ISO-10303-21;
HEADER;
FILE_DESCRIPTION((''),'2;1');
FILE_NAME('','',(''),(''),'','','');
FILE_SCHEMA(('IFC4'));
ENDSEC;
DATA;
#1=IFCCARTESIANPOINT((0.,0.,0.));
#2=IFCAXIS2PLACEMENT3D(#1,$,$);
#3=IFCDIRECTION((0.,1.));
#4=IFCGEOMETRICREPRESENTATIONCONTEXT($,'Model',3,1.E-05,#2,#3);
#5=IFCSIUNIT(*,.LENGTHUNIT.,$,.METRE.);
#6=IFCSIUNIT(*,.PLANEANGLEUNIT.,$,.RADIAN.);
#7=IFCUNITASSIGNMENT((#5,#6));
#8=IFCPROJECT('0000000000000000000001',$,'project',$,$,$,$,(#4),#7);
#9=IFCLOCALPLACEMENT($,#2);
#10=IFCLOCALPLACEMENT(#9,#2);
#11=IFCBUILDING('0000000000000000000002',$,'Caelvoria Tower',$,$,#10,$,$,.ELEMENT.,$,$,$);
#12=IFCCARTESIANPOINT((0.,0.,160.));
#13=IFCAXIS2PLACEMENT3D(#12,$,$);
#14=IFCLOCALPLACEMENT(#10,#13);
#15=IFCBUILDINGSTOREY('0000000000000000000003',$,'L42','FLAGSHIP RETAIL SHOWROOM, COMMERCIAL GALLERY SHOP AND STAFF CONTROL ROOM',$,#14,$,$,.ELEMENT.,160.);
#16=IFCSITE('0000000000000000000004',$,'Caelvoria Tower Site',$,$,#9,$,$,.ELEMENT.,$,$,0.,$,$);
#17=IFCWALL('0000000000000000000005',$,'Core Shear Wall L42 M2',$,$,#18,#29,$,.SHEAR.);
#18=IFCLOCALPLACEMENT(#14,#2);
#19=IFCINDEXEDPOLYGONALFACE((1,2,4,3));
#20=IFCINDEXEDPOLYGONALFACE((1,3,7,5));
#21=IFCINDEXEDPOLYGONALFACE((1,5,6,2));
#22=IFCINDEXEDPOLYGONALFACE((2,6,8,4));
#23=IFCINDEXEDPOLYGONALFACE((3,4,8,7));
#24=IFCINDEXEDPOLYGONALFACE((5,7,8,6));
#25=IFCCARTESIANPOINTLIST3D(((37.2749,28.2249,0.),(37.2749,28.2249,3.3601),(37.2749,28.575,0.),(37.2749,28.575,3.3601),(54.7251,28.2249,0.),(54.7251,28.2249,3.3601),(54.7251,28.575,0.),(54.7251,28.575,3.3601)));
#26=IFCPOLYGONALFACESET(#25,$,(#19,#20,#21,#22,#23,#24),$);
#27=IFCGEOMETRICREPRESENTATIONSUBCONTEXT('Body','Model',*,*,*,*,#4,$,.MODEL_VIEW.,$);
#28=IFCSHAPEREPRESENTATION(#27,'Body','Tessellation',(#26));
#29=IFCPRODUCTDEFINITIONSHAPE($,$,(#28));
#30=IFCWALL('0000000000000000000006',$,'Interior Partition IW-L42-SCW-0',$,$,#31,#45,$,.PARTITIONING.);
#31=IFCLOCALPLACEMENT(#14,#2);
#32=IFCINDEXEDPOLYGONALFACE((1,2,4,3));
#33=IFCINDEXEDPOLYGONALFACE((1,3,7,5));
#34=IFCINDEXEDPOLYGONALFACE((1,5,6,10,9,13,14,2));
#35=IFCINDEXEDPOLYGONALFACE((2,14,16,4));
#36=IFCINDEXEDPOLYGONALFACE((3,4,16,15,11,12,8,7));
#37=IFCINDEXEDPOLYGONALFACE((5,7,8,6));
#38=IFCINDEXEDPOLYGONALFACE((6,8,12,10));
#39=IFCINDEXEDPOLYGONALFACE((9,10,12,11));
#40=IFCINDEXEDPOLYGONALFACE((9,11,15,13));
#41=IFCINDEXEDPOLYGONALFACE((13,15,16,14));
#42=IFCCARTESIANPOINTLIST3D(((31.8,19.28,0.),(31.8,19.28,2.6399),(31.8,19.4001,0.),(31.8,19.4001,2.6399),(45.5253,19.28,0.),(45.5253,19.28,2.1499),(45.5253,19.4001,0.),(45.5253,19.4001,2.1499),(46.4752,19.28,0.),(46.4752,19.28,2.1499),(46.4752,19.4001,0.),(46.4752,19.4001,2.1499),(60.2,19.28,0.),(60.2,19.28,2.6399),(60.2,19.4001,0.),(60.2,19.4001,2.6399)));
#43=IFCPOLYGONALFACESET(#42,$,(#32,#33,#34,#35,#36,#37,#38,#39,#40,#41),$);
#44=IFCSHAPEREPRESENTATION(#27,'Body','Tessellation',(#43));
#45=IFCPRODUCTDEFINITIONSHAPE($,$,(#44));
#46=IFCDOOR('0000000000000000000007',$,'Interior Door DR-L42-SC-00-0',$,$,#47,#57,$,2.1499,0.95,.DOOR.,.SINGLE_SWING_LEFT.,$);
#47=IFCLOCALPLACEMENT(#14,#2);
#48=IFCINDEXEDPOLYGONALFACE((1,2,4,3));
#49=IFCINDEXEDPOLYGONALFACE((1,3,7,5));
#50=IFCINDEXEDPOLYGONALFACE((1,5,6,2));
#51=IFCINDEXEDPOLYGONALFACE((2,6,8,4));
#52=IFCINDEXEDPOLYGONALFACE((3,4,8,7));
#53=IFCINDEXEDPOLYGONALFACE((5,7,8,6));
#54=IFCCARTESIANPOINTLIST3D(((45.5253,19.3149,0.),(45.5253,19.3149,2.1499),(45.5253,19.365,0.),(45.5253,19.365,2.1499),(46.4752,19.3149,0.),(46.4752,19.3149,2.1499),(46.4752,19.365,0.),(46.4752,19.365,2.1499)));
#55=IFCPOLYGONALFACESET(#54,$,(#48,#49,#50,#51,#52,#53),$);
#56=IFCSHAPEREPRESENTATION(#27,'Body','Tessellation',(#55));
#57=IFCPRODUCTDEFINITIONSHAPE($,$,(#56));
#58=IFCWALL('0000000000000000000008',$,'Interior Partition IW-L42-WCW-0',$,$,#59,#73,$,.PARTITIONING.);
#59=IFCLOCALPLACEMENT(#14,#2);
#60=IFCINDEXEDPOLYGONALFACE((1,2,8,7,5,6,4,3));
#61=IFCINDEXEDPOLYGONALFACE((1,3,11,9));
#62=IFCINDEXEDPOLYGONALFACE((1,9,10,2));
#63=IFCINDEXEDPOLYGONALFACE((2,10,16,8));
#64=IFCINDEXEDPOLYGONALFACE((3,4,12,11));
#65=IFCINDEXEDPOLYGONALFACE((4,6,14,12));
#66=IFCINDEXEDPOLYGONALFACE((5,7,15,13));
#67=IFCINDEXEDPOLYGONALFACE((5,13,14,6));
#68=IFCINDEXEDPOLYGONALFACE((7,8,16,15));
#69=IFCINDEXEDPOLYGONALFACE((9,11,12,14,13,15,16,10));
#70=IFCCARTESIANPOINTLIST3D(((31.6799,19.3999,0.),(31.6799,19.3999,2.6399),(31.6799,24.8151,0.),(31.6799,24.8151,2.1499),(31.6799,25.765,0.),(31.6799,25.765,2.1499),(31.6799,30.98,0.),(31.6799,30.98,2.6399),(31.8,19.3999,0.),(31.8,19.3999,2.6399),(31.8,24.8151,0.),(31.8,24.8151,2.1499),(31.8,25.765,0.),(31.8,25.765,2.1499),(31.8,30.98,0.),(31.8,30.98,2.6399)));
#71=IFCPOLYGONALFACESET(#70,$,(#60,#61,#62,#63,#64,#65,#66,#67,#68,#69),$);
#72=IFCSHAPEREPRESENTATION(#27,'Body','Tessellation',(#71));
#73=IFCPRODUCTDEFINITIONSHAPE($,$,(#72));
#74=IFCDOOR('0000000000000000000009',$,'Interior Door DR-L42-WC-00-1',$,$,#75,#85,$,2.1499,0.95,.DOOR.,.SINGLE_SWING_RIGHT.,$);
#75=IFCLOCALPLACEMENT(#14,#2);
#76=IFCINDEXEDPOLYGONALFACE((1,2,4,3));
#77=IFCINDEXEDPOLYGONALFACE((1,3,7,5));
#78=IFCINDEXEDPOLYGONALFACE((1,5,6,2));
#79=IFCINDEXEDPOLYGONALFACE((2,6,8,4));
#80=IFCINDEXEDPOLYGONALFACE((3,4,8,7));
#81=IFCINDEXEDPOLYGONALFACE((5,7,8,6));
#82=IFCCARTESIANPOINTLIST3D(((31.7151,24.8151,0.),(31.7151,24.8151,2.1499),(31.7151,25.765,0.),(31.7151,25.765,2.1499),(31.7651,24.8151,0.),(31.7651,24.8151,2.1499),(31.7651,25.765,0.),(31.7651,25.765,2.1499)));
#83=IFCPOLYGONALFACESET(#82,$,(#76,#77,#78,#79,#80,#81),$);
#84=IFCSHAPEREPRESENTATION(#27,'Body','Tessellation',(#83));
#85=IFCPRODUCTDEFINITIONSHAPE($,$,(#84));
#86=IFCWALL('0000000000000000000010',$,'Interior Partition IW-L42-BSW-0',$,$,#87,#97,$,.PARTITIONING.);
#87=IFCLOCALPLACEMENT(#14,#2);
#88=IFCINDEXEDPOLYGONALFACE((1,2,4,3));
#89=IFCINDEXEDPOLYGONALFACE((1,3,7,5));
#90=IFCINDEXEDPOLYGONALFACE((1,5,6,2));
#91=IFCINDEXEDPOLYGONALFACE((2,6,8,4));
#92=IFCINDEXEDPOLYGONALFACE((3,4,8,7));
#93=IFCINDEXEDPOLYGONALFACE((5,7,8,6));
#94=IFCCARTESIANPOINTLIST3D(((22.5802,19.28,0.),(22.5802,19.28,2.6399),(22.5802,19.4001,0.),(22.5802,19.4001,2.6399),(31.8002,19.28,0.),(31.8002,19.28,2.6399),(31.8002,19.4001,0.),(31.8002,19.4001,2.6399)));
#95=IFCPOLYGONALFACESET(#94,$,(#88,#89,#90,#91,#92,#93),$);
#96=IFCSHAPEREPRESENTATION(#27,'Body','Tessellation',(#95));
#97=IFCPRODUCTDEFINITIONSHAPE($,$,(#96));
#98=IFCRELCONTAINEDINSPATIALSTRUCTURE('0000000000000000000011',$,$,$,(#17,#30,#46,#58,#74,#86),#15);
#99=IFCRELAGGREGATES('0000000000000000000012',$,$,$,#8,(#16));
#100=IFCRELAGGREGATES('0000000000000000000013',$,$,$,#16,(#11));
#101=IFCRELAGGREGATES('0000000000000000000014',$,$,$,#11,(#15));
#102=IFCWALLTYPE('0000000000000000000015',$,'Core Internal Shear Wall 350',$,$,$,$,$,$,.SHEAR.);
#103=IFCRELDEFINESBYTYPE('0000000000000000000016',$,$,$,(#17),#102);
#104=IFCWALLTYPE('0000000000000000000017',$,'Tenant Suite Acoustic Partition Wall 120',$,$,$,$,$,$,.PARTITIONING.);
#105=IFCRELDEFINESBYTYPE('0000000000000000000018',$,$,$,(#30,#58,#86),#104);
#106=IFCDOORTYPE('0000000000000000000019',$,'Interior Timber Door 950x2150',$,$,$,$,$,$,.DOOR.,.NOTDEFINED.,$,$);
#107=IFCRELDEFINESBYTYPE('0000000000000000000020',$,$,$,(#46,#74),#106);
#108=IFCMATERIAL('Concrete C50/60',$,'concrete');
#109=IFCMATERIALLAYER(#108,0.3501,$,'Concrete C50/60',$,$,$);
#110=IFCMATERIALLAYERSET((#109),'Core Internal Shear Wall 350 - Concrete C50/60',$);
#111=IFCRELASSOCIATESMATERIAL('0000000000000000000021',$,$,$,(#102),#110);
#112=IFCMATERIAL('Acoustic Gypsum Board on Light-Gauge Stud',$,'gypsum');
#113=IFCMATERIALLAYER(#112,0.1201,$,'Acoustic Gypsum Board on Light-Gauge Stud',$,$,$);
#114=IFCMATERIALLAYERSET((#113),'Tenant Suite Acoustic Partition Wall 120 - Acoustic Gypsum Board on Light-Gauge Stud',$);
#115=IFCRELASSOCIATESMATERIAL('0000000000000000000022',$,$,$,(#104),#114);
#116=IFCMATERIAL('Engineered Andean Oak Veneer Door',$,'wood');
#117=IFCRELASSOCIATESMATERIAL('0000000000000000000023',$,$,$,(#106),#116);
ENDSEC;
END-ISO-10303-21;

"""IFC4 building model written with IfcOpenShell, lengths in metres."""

from ifc_helpers import new_model, si_unit, direction, frame, frame_2d, origin, place, context, subcontext, project, spatial, rectangle, extrude, material, layer, layer_set, type_object, element, fill, save


model = new_model("IFC4")

# Units and contexts
model_context = context("Model", 3, precision=1e-05, world=origin(), true_north=direction((0.0, 1.0)))
body_context = subcontext(model_context, "Body", "Model", "MODEL_VIEW")
ifc_project = project(units=[si_unit("LENGTHUNIT", "METRE"), si_unit("PLANEANGLEUNIT", "RADIAN")], contexts=[model_context])

# Site, building, storey
site_placement = place(None, origin())
site = spatial("IfcSite", under=ifc_project, at=site_placement, Name="Caelvoria Tower Site", CompositionType="ELEMENT", RefElevation=0.0)
building_placement = place(site_placement, origin())
building = spatial("IfcBuilding", under=site, at=building_placement, Name="Caelvoria Tower", CompositionType="ELEMENT")
storey_placement = place(building_placement, frame((0.0, 0.0, 160.0)))
storey = spatial("IfcBuildingStorey", under=building, at=storey_placement, Name="L42", Description="FLAGSHIP RETAIL SHOWROOM, COMMERCIAL GALLERY SHOP AND STAFF CONTROL ROOM", CompositionType="ELEMENT", Elevation=160.0)

# Shared definitions
ifc_material_1 = material(Name="Concrete C50/60", Category="concrete")
ifc_layer_1 = layer(ifc_material_1, 0.3501, Name="Concrete C50/60")
ifc_layer_set_1 = layer_set([ifc_layer_1], Name="Core Internal Shear Wall 350 - Concrete C50/60")
wall_type_1 = type_object("IfcWallType", Name="Core Internal Shear Wall 350", PredefinedType="SHEAR", material=ifc_layer_set_1)

# Wall
wall_1_placement = place(storey_placement, frame((37.2749, 28.3999, 0.0), z_axis=(0.0, 0.0, 1.0), x_axis=(1.0, 0.0, 0.0)))
element("IfcWall", 1, at=wall_1_placement, inside=storey, type_object=wall_type_1, Name="Core Shear Wall L42 M2", PredefinedType="SHEAR", context=body_context, shape_type="SweptSolid", body=[
    extrude(rectangle(XDim=17.4502, YDim=0.3501, at=frame_2d((8.7251, 0.0))), origin(), (0.0, 0.0, 1.0), 3.3601),
])

# Walls, openings, doors
ifc_material_2 = material(Name="Acoustic Gypsum Board on Light-Gauge Stud", Category="gypsum")
ifc_layer_2 = layer(ifc_material_2, 0.1201, Name="Acoustic Gypsum Board on Light-Gauge Stud")
ifc_layer_set_2 = layer_set([ifc_layer_2], Name="Tenant Suite Acoustic Partition Wall 120 - Acoustic Gypsum Board on Light-Gauge Stud")
wall_type_2 = type_object("IfcWallType", Name="Tenant Suite Acoustic Partition Wall 120", PredefinedType="PARTITIONING", material=ifc_layer_set_2)
wall_2_placement = place(storey_placement, frame((31.8, 19.3401, 0.0), z_axis=(0.0, 0.0, 1.0), x_axis=(1.0, 0.0, 0.0)))
wall_2 = element("IfcWall", 2, at=wall_2_placement, inside=storey, type_object=wall_type_2, Name="Interior Partition IW-L42-SCW-0", PredefinedType="PARTITIONING", context=body_context, shape_type="SweptSolid", body=[
    extrude(rectangle(XDim=28.3999, YDim=0.1201, at=frame_2d((14.2, 0.0))), origin(), (0.0, 0.0, 1.0), 2.6399),
])
opening_1_placement = place(wall_2_placement, frame((13.7251, 0.0, 0.0)))
opening_1 = element("IfcOpeningElement", 3, at=opening_1_placement, cuts=wall_2, PredefinedType="OPENING", context=body_context, shape_type="SweptSolid", body=[
    extrude(rectangle(XDim=0.95, YDim=2.1499, at=frame_2d((0.4751, 1.075))), frame((0.0, 0.0701, 0.0), z_axis=(0.0, -1.0, 0.0), x_axis=(1.0, 0.0, 0.0)), (0.0, 0.0, 1.0), 0.1401),
])
ifc_material_3 = material(Name="Engineered Andean Oak Veneer Door", Category="wood")
door_type_1 = type_object("IfcDoorType", Name="Interior Timber Door 950x2150", OperationType="NOTDEFINED", PredefinedType="DOOR", material=ifc_material_3)
door_1_placement = place(opening_1_placement, origin())
door_1 = element("IfcDoor", 4, at=door_1_placement, inside=storey, type_object=door_type_1, Name="Interior Door DR-L42-SC-00-0", OperationType="SINGLE_SWING_LEFT", OverallHeight=2.1499, OverallWidth=0.95, PredefinedType="DOOR", context=body_context, shape_type="SweptSolid", body=[
    extrude(rectangle(XDim=0.95, YDim=2.1499, at=frame_2d((0.4751, 1.075))), frame((0.0, 0.0249, 0.0), z_axis=(0.0, -1.0, 0.0), x_axis=(1.0, 0.0, 0.0)), (0.0, 0.0, 1.0), 0.05),
])
fill(opening_1, door_1)
wall_3_placement = place(storey_placement, frame((31.74, 19.3999, 0.0), z_axis=(0.0, 0.0, 1.0), x_axis=(0.0, 1.0, 0.0)))
wall_3 = element("IfcWall", 5, at=wall_3_placement, inside=storey, type_object=wall_type_2, Name="Interior Partition IW-L42-WCW-0", PredefinedType="PARTITIONING", context=body_context, shape_type="SweptSolid", body=[
    extrude(rectangle(XDim=11.5801, YDim=0.1201, at=frame_2d((5.79, 0.0))), origin(), (0.0, 0.0, 1.0), 2.6399),
])
opening_2_placement = place(wall_3_placement, frame((5.415, 0.0, 0.0)))
opening_2 = element("IfcOpeningElement", 6, at=opening_2_placement, cuts=wall_3, PredefinedType="OPENING", context=body_context, shape_type="SweptSolid", body=[
    extrude(rectangle(XDim=0.95, YDim=2.1499, at=frame_2d((0.4751, 1.075))), frame((0.0, 0.0701, 0.0), z_axis=(0.0, -1.0, 0.0), x_axis=(1.0, 0.0, 0.0)), (0.0, 0.0, 1.0), 0.1401),
])
door_2_placement = place(opening_2_placement, origin())
door_2 = element("IfcDoor", 7, at=door_2_placement, inside=storey, type_object=door_type_1, Name="Interior Door DR-L42-WC-00-1", OperationType="SINGLE_SWING_RIGHT", OverallHeight=2.1499, OverallWidth=0.95, PredefinedType="DOOR", context=body_context, shape_type="SweptSolid", body=[
    extrude(rectangle(XDim=0.95, YDim=2.1499, at=frame_2d((0.4751, 1.075))), frame((0.0, 0.0249, 0.0), z_axis=(0.0, -1.0, 0.0), x_axis=(1.0, 0.0, 0.0)), (0.0, 0.0, 1.0), 0.05),
])
fill(opening_2, door_2)

# Wall
wall_4_placement = place(storey_placement, frame((31.8, 19.3401, 0.0), z_axis=(0.0, 0.0, 1.0), x_axis=(-1.0, 0.0, 0.0)))
element("IfcWall", 8, at=wall_4_placement, inside=storey, type_object=wall_type_2, Name="Interior Partition IW-L42-BSW-0", PredefinedType="PARTITIONING", context=body_context, shape_type="SweptSolid", body=[
    extrude(rectangle(XDim=9.22, YDim=0.1201, at=frame_2d((4.6099, 0.0))), origin(), (0.0, 0.0, 1.0), 2.6399),
])

save(model, "model.ifc")
